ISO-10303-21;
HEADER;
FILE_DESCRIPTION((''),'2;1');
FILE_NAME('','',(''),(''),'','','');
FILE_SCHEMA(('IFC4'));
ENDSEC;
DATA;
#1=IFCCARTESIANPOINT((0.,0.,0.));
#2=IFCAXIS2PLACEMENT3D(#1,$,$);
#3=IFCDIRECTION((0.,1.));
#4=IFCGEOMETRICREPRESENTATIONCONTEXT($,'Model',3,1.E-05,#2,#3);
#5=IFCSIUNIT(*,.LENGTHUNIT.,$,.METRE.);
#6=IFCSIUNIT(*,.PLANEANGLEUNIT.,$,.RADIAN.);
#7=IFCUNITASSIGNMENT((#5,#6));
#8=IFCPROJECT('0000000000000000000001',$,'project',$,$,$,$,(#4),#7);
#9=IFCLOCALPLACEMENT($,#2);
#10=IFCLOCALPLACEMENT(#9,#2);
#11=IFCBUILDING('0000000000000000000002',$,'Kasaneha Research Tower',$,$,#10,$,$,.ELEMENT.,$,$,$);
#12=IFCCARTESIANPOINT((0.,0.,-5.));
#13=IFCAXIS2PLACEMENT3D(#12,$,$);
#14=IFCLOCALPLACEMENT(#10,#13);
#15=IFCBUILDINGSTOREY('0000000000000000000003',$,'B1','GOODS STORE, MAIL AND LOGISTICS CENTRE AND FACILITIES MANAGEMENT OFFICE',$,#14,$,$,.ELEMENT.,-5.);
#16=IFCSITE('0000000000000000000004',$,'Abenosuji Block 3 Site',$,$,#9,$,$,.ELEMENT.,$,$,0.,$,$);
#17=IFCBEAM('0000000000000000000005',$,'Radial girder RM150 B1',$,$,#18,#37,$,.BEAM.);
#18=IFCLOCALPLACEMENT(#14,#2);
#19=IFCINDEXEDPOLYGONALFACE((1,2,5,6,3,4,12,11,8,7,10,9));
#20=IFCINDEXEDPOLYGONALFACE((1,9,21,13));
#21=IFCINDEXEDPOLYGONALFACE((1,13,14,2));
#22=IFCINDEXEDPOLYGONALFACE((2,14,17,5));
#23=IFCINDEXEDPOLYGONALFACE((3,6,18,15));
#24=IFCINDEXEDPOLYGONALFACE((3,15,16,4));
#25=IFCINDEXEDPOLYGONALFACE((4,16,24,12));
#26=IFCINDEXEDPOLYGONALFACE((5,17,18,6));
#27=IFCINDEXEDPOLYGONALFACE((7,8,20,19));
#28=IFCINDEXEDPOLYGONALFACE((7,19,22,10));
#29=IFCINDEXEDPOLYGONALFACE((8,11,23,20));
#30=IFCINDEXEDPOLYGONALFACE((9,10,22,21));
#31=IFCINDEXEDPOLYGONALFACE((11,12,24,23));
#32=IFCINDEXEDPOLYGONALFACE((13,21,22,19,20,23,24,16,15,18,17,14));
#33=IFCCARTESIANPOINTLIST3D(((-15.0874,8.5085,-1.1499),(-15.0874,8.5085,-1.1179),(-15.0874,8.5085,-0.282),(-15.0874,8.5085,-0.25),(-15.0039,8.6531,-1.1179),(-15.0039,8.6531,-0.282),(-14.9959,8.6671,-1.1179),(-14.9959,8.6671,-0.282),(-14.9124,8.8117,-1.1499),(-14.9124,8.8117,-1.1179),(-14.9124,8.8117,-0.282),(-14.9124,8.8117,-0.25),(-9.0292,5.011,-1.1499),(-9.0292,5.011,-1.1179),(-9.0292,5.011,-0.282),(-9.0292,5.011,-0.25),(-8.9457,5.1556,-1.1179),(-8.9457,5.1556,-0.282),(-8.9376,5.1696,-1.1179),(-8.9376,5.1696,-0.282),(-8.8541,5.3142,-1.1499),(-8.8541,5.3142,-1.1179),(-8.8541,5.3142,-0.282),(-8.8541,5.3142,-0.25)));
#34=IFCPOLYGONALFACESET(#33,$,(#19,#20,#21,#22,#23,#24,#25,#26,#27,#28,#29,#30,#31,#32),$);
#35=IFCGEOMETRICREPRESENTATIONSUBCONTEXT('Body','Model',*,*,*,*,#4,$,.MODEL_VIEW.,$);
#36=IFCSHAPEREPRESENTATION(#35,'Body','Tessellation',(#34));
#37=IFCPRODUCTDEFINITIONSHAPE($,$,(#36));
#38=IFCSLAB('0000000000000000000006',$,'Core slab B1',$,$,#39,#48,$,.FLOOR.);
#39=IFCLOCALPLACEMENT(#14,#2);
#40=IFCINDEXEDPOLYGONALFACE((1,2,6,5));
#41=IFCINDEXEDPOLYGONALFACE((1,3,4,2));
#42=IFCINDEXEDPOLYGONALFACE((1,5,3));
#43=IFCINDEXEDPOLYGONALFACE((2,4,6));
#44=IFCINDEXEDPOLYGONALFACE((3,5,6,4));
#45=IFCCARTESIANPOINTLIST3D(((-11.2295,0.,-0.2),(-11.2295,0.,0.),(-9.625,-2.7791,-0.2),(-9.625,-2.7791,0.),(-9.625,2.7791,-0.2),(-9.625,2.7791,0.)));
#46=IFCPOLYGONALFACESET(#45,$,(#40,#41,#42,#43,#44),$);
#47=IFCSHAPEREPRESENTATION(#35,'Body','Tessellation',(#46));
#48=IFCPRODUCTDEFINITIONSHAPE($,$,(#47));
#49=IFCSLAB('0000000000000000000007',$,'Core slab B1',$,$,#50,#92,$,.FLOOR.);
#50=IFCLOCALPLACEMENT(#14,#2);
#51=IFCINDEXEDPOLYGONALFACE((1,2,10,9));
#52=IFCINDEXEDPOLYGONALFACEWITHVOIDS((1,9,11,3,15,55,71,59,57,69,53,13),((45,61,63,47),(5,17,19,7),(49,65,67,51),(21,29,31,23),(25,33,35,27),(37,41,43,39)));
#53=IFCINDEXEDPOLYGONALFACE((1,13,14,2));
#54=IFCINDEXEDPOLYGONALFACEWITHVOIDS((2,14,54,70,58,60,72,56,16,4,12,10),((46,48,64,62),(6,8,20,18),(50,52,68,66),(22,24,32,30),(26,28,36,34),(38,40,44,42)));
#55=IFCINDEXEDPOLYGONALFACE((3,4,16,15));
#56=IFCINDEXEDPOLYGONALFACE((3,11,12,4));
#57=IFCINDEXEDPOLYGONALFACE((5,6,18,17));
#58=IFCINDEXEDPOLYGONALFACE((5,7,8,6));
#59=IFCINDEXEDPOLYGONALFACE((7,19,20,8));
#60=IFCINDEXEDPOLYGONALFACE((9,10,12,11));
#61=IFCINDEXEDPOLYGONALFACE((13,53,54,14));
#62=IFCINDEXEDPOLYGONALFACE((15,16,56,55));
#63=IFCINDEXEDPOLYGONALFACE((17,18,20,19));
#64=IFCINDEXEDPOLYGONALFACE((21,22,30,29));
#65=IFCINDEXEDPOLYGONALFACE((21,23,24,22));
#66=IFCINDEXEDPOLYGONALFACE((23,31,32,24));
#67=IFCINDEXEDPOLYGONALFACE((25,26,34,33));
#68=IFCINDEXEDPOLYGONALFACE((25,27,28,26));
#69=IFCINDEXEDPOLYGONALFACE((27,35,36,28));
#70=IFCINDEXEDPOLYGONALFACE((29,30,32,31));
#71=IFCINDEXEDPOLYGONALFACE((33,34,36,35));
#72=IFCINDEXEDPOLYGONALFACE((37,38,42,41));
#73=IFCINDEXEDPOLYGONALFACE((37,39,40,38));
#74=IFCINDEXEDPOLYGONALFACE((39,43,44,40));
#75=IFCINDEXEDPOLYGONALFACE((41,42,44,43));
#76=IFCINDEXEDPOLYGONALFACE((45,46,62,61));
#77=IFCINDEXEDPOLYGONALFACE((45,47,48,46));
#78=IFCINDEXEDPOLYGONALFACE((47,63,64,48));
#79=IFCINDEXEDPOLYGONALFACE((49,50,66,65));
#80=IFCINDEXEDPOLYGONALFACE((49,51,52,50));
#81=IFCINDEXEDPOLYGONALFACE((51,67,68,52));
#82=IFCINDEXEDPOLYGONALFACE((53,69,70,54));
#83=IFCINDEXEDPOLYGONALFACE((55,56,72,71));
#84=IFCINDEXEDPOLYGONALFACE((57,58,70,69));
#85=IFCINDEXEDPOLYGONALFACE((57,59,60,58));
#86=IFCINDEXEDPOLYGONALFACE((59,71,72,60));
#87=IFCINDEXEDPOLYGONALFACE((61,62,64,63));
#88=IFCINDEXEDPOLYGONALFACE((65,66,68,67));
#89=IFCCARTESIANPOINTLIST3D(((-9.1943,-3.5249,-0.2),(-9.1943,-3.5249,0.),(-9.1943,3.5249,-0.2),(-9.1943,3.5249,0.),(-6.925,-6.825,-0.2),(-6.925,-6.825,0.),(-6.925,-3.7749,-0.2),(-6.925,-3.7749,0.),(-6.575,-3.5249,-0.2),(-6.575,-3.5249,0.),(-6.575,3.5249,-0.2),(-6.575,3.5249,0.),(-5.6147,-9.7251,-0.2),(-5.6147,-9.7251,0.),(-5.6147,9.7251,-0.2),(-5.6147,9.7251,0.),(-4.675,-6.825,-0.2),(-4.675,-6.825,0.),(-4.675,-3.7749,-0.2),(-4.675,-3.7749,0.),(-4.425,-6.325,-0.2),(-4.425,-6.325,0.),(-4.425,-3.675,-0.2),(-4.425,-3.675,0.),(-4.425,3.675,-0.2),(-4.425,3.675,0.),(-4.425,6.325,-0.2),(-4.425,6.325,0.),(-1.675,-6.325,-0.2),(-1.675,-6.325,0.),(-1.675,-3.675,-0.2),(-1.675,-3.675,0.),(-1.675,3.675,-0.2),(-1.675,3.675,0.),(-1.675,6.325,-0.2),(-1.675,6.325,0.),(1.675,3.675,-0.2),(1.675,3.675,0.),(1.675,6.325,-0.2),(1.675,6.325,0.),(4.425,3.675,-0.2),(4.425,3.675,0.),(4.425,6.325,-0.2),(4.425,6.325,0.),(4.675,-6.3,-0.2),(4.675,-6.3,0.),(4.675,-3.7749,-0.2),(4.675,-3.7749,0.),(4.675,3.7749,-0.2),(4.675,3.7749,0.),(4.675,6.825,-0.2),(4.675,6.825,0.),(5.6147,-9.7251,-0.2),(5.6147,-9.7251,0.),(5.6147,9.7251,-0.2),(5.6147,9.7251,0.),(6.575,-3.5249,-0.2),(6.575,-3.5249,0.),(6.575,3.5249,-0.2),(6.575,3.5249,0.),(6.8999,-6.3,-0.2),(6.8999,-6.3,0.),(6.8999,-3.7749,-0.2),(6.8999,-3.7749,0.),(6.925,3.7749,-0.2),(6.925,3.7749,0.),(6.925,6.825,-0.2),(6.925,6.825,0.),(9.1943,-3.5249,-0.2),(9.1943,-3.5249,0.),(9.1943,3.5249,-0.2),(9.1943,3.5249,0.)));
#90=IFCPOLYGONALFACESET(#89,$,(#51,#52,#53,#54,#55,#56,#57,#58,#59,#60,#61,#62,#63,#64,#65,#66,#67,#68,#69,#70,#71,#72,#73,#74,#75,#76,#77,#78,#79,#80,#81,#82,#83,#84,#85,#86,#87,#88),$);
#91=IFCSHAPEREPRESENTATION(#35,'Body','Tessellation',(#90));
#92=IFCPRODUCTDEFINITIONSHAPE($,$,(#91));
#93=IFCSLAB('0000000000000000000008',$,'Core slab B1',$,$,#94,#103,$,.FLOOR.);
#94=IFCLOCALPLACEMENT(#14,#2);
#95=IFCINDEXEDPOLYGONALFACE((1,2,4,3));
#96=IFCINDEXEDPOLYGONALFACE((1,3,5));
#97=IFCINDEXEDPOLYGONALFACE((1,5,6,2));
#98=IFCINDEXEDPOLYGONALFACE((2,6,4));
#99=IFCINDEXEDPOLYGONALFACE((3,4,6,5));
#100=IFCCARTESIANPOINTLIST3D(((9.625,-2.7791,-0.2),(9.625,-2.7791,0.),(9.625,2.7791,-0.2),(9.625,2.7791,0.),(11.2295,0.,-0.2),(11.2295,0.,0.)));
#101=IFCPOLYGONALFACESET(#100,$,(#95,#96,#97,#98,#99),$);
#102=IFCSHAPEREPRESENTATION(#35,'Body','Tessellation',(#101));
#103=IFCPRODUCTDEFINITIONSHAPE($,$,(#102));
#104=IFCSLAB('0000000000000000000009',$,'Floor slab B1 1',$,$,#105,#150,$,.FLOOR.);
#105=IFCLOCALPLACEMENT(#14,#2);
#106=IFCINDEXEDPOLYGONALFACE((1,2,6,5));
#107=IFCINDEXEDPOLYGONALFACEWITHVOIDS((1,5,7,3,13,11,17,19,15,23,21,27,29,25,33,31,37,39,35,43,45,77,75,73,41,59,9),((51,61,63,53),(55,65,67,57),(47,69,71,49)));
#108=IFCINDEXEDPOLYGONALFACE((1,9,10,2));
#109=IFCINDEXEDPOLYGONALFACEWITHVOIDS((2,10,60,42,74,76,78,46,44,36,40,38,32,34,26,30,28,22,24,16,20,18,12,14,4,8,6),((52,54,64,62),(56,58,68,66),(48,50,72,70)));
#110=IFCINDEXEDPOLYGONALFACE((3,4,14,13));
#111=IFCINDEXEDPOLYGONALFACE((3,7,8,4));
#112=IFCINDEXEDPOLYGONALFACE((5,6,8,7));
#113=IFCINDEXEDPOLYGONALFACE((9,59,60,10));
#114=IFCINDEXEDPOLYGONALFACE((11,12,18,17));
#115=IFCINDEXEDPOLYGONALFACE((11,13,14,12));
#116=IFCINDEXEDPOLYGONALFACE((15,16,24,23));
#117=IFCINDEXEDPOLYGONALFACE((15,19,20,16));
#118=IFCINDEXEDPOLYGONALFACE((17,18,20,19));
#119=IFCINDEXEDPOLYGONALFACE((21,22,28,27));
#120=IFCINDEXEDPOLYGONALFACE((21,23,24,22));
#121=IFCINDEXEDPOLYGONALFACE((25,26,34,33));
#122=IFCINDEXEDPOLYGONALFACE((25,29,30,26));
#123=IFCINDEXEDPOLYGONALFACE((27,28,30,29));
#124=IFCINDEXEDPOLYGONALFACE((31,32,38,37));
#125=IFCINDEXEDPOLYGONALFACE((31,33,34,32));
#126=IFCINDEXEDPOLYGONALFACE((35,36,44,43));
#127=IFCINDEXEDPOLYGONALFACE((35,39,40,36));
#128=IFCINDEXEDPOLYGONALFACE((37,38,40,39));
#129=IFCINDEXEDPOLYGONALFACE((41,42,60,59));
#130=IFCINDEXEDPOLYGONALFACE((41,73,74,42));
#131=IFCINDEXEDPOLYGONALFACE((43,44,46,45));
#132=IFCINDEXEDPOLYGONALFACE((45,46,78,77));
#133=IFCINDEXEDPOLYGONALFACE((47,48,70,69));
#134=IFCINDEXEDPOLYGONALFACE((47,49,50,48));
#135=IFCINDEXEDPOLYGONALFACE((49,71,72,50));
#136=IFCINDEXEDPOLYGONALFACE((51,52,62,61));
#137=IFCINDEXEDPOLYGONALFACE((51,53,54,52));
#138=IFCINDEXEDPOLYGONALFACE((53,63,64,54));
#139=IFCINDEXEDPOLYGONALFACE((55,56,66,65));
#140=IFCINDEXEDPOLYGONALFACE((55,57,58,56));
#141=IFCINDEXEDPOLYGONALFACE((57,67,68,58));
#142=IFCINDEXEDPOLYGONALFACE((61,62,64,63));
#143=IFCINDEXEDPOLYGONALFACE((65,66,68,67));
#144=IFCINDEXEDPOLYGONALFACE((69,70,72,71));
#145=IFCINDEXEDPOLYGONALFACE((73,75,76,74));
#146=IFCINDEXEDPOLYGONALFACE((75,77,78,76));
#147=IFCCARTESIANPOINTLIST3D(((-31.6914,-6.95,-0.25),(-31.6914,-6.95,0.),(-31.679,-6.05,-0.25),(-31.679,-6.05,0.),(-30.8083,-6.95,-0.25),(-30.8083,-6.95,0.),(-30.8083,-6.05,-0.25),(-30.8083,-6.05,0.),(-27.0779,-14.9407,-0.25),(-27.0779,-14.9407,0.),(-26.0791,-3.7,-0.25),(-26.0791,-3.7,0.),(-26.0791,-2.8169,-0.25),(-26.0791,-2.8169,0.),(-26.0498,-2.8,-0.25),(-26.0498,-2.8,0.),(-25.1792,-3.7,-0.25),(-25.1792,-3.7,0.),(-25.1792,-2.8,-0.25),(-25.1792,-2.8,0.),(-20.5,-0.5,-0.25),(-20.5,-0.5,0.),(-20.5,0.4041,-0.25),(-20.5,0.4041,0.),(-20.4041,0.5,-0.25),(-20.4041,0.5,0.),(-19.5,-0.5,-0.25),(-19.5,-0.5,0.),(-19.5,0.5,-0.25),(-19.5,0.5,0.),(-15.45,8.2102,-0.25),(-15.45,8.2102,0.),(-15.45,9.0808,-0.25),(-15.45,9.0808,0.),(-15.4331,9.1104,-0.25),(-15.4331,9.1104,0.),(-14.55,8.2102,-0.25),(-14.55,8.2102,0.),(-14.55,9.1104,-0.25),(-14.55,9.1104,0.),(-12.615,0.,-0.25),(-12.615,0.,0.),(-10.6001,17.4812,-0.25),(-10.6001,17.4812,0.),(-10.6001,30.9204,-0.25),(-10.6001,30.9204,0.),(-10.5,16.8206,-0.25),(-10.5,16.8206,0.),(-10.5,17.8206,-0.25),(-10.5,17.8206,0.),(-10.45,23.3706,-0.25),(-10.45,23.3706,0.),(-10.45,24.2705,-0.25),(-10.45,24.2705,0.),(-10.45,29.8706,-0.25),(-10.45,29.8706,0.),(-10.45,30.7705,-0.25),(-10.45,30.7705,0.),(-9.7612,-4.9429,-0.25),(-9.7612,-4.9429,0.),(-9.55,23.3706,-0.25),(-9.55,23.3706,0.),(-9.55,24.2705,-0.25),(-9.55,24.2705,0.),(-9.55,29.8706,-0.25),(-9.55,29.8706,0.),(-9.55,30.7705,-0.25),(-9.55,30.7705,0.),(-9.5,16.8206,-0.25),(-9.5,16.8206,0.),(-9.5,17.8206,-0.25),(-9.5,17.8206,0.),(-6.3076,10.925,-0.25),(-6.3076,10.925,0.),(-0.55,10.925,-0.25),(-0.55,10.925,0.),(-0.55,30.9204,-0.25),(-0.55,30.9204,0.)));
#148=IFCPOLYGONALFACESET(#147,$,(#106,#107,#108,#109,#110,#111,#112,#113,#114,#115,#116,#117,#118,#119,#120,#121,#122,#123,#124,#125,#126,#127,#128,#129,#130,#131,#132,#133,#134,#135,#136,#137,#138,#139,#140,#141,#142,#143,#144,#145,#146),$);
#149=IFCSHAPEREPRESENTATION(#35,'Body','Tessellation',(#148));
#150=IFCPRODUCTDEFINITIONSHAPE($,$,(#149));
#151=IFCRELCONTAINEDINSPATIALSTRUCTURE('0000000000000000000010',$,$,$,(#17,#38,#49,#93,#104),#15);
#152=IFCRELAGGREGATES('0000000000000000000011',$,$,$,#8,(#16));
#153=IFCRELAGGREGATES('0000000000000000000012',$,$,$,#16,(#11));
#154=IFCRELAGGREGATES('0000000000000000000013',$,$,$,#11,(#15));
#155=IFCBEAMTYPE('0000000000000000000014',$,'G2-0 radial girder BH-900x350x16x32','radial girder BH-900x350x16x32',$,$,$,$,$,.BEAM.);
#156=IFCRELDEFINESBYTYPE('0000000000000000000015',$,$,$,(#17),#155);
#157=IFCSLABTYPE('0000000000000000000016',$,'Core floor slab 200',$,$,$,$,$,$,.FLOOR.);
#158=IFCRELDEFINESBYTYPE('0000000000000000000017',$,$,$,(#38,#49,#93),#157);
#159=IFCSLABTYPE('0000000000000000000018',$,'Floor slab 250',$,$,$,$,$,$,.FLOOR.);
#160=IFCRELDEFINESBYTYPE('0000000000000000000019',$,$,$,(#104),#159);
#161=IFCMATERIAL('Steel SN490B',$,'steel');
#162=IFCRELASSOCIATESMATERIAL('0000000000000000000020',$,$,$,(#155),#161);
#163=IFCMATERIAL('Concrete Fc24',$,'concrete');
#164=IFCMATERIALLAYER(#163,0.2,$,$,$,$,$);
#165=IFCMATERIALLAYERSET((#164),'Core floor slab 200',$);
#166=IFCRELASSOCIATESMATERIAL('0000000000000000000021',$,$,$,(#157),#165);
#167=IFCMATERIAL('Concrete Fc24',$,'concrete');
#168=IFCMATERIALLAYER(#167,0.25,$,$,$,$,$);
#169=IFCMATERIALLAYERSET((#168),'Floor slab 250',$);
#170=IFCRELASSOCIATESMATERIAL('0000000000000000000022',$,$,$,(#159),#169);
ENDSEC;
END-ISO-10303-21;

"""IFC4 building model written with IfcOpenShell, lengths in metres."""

from ifc_helpers import new_model, si_unit, direction, frame, origin, origin_2d, place, context, subcontext, project, spatial, polyline, i_section, outline, extrude, material, layer, layer_set, material_profile, profile_set, type_object, element, save


model = new_model("IFC4")

# Units and contexts
model_context = context("Model", 3, precision=1e-05, world=origin(), true_north=direction((0.0, 1.0)))
body_context = subcontext(model_context, "Body", "Model", "MODEL_VIEW")
ifc_project = project(units=[si_unit("LENGTHUNIT", "METRE"), si_unit("PLANEANGLEUNIT", "RADIAN")], contexts=[model_context])

# Site, building, storey
site_placement = place(None, origin())
site = spatial("IfcSite", under=ifc_project, at=site_placement, Name="Abenosuji Block 3 Site", CompositionType="ELEMENT", RefElevation=0.0)
building_placement = place(site_placement, origin())
building = spatial("IfcBuilding", under=site, at=building_placement, Name="Kasaneha Research Tower", CompositionType="ELEMENT")
storey_placement = place(building_placement, frame((0.0, 0.0, -5.0)))
storey = spatial("IfcBuildingStorey", under=building, at=storey_placement, Name="B1", Description="GOODS STORE, MAIL AND LOGISTICS CENTRE AND FACILITIES MANAGEMENT OFFICE", CompositionType="ELEMENT", Elevation=-5.0)

# Beam
ifc_material_1 = material(Name="Steel SN490B", Category="steel")
ifc_material_profile_1 = material_profile(ifc_material_1, i_section(OverallWidth=0.3501, OverallDepth=0.8999, WebThickness=0.0161, FlangeThickness=0.032, at=origin_2d()), Name="BH-900x350x16x32")
ifc_profile_set_1 = profile_set([ifc_material_profile_1], Name="Steel SN490B")
beam_type_1 = type_object("IfcBeamType", Name="G2-0 radial girder BH-900x350x16x32", Description="radial girder BH-900x350x16x32", PredefinedType="BEAM", material=ifc_profile_set_1)
beam_1_placement = place(storey_placement, frame((-8.9417, 5.1626, -0.7), z_axis=(-0.86604, 0.499975, 0.0), x_axis=(-0.499975, -0.86604, 0.0)))
element("IfcBeam", 1, at=beam_1_placement, inside=storey, type_object=beam_type_1, Name="Radial girder RM150 B1", PredefinedType="BEAM", context=body_context, shape_type="SweptSolid", body=[
    extrude(i_section(OverallWidth=0.3501, OverallDepth=0.8999, WebThickness=0.0161, FlangeThickness=0.032, at=origin_2d()), origin(), (0.0, 0.0, 1.0), 6.9954),
])

# Slabs
ifc_material_2 = material(Name="Concrete Fc24", Category="concrete")
ifc_layer_1 = layer(ifc_material_2, 0.2)
ifc_layer_set_1 = layer_set([ifc_layer_1], Name="Core floor slab 200")
slab_type_1 = type_object("IfcSlabType", Name="Core floor slab 200", PredefinedType="FLOOR", material=ifc_layer_set_1)
slab_1_placement = place(storey_placement, frame((0.0, 0.0, -0.2)))
element("IfcSlab", 2, at=slab_1_placement, inside=storey, type_object=slab_type_1, Name="Core slab B1", PredefinedType="FLOOR", context=body_context, shape_type="SweptSolid", body=[
    extrude(outline(polyline([(-11.2295, 0.0), (-9.625, 2.7791), (-9.625, -2.7791), (-11.2295, 0.0)])), origin(), (0.0, 0.0, 1.0), 0.2),
])
slab_2_placement = place(storey_placement, frame((0.0, 0.0, -0.2)))
element("IfcSlab", 3, at=slab_2_placement, inside=storey, type_object=slab_type_1, Name="Core slab B1", PredefinedType="FLOOR", context=body_context, shape_type="SweptSolid", body=[
    extrude(outline(polyline([(-5.6147, 9.7251), (5.6147, 9.7251), (9.1943, 3.5249), (6.575, 3.5249), (6.575, -3.5249), (9.1943, -3.5249), (5.6147, -9.7251), (-5.6147, -9.7251), (-9.1943, -3.5249), (-6.575, -3.5249), (-6.575, 3.5249), (-9.1943, 3.5249), (-5.6147, 9.7251)]), holes=[polyline([(-6.925, -3.7749), (-6.925, -6.825), (-4.675, -6.825), (-4.675, -3.7749), (-6.925, -3.7749)]), polyline([(4.675, -3.7749), (4.675, -6.3), (6.8999, -6.3), (6.8999, -3.7749), (4.675, -3.7749)]), polyline([(-4.425, -3.675), (-4.425, -6.325), (-1.675, -6.325), (-1.675, -3.675), (-4.425, -3.675)]), polyline([(-4.425, 6.325), (-4.425, 3.675), (-1.675, 3.675), (-1.675, 6.325), (-4.425, 6.325)]), polyline([(1.675, 6.325), (1.675, 3.675), (4.425, 3.675), (4.425, 6.325), (1.675, 6.325)]), polyline([(4.675, 6.825), (4.675, 3.7749), (6.925, 3.7749), (6.925, 6.825), (4.675, 6.825)])]), origin(), (0.0, 0.0, 1.0), 0.2),
])
slab_3_placement = place(storey_placement, frame((0.0, 0.0, -0.2)))
element("IfcSlab", 4, at=slab_3_placement, inside=storey, type_object=slab_type_1, Name="Core slab B1", PredefinedType="FLOOR", context=body_context, shape_type="SweptSolid", body=[
    extrude(outline(polyline([(11.2295, 0.0), (9.625, -2.7791), (9.625, 2.7791), (11.2295, 0.0)])), origin(), (0.0, 0.0, 1.0), 0.2),
])
ifc_material_3 = material(Name="Concrete Fc24", Category="concrete")
ifc_layer_2 = layer(ifc_material_3, 0.25)
ifc_layer_set_2 = layer_set([ifc_layer_2], Name="Floor slab 250")
slab_type_2 = type_object("IfcSlabType", Name="Floor slab 250", PredefinedType="FLOOR", material=ifc_layer_set_2)
slab_4_placement = place(storey_placement, frame((0.0, 0.0, -0.25)))
element("IfcSlab", 5, at=slab_4_placement, inside=storey, type_object=slab_type_2, Name="Floor slab B1 1", PredefinedType="FLOOR", context=body_context, shape_type="SweptSolid", body=[
    extrude(outline(polyline([(-26.0791, -2.8169), (-26.0791, -3.7), (-25.1792, -3.7), (-25.1792, -2.8), (-26.0498, -2.8), (-20.5, 0.4041), (-20.5, -0.5), (-19.5, -0.5), (-19.5, 0.5), (-20.4041, 0.5), (-15.45, 9.0808), (-15.45, 8.2102), (-14.55, 8.2102), (-14.55, 9.1104), (-15.4331, 9.1104), (-10.6001, 17.4812), (-10.6001, 30.9204), (-0.55, 30.9204), (-0.55, 10.925), (-6.3076, 10.925), (-12.615, 0.0), (-9.7612, -4.9429), (-27.0779, -14.9407), (-31.6914, -6.95), (-30.8083, -6.95), (-30.8083, -6.05), (-31.679, -6.05), (-26.0791, -2.8169)]), holes=[polyline([(-9.5, 17.8206), (-10.5, 17.8206), (-10.5, 16.8206), (-9.5, 16.8206), (-9.5, 17.8206)]), polyline([(-9.55, 23.3706), (-9.55, 24.2705), (-10.45, 24.2705), (-10.45, 23.3706), (-9.55, 23.3706)]), polyline([(-9.55, 30.7705), (-10.45, 30.7705), (-10.45, 29.8706), (-9.55, 29.8706), (-9.55, 30.7705)])]), origin(), (0.0, 0.0, 1.0), 0.25),
])

save(model, "model.ifc")
